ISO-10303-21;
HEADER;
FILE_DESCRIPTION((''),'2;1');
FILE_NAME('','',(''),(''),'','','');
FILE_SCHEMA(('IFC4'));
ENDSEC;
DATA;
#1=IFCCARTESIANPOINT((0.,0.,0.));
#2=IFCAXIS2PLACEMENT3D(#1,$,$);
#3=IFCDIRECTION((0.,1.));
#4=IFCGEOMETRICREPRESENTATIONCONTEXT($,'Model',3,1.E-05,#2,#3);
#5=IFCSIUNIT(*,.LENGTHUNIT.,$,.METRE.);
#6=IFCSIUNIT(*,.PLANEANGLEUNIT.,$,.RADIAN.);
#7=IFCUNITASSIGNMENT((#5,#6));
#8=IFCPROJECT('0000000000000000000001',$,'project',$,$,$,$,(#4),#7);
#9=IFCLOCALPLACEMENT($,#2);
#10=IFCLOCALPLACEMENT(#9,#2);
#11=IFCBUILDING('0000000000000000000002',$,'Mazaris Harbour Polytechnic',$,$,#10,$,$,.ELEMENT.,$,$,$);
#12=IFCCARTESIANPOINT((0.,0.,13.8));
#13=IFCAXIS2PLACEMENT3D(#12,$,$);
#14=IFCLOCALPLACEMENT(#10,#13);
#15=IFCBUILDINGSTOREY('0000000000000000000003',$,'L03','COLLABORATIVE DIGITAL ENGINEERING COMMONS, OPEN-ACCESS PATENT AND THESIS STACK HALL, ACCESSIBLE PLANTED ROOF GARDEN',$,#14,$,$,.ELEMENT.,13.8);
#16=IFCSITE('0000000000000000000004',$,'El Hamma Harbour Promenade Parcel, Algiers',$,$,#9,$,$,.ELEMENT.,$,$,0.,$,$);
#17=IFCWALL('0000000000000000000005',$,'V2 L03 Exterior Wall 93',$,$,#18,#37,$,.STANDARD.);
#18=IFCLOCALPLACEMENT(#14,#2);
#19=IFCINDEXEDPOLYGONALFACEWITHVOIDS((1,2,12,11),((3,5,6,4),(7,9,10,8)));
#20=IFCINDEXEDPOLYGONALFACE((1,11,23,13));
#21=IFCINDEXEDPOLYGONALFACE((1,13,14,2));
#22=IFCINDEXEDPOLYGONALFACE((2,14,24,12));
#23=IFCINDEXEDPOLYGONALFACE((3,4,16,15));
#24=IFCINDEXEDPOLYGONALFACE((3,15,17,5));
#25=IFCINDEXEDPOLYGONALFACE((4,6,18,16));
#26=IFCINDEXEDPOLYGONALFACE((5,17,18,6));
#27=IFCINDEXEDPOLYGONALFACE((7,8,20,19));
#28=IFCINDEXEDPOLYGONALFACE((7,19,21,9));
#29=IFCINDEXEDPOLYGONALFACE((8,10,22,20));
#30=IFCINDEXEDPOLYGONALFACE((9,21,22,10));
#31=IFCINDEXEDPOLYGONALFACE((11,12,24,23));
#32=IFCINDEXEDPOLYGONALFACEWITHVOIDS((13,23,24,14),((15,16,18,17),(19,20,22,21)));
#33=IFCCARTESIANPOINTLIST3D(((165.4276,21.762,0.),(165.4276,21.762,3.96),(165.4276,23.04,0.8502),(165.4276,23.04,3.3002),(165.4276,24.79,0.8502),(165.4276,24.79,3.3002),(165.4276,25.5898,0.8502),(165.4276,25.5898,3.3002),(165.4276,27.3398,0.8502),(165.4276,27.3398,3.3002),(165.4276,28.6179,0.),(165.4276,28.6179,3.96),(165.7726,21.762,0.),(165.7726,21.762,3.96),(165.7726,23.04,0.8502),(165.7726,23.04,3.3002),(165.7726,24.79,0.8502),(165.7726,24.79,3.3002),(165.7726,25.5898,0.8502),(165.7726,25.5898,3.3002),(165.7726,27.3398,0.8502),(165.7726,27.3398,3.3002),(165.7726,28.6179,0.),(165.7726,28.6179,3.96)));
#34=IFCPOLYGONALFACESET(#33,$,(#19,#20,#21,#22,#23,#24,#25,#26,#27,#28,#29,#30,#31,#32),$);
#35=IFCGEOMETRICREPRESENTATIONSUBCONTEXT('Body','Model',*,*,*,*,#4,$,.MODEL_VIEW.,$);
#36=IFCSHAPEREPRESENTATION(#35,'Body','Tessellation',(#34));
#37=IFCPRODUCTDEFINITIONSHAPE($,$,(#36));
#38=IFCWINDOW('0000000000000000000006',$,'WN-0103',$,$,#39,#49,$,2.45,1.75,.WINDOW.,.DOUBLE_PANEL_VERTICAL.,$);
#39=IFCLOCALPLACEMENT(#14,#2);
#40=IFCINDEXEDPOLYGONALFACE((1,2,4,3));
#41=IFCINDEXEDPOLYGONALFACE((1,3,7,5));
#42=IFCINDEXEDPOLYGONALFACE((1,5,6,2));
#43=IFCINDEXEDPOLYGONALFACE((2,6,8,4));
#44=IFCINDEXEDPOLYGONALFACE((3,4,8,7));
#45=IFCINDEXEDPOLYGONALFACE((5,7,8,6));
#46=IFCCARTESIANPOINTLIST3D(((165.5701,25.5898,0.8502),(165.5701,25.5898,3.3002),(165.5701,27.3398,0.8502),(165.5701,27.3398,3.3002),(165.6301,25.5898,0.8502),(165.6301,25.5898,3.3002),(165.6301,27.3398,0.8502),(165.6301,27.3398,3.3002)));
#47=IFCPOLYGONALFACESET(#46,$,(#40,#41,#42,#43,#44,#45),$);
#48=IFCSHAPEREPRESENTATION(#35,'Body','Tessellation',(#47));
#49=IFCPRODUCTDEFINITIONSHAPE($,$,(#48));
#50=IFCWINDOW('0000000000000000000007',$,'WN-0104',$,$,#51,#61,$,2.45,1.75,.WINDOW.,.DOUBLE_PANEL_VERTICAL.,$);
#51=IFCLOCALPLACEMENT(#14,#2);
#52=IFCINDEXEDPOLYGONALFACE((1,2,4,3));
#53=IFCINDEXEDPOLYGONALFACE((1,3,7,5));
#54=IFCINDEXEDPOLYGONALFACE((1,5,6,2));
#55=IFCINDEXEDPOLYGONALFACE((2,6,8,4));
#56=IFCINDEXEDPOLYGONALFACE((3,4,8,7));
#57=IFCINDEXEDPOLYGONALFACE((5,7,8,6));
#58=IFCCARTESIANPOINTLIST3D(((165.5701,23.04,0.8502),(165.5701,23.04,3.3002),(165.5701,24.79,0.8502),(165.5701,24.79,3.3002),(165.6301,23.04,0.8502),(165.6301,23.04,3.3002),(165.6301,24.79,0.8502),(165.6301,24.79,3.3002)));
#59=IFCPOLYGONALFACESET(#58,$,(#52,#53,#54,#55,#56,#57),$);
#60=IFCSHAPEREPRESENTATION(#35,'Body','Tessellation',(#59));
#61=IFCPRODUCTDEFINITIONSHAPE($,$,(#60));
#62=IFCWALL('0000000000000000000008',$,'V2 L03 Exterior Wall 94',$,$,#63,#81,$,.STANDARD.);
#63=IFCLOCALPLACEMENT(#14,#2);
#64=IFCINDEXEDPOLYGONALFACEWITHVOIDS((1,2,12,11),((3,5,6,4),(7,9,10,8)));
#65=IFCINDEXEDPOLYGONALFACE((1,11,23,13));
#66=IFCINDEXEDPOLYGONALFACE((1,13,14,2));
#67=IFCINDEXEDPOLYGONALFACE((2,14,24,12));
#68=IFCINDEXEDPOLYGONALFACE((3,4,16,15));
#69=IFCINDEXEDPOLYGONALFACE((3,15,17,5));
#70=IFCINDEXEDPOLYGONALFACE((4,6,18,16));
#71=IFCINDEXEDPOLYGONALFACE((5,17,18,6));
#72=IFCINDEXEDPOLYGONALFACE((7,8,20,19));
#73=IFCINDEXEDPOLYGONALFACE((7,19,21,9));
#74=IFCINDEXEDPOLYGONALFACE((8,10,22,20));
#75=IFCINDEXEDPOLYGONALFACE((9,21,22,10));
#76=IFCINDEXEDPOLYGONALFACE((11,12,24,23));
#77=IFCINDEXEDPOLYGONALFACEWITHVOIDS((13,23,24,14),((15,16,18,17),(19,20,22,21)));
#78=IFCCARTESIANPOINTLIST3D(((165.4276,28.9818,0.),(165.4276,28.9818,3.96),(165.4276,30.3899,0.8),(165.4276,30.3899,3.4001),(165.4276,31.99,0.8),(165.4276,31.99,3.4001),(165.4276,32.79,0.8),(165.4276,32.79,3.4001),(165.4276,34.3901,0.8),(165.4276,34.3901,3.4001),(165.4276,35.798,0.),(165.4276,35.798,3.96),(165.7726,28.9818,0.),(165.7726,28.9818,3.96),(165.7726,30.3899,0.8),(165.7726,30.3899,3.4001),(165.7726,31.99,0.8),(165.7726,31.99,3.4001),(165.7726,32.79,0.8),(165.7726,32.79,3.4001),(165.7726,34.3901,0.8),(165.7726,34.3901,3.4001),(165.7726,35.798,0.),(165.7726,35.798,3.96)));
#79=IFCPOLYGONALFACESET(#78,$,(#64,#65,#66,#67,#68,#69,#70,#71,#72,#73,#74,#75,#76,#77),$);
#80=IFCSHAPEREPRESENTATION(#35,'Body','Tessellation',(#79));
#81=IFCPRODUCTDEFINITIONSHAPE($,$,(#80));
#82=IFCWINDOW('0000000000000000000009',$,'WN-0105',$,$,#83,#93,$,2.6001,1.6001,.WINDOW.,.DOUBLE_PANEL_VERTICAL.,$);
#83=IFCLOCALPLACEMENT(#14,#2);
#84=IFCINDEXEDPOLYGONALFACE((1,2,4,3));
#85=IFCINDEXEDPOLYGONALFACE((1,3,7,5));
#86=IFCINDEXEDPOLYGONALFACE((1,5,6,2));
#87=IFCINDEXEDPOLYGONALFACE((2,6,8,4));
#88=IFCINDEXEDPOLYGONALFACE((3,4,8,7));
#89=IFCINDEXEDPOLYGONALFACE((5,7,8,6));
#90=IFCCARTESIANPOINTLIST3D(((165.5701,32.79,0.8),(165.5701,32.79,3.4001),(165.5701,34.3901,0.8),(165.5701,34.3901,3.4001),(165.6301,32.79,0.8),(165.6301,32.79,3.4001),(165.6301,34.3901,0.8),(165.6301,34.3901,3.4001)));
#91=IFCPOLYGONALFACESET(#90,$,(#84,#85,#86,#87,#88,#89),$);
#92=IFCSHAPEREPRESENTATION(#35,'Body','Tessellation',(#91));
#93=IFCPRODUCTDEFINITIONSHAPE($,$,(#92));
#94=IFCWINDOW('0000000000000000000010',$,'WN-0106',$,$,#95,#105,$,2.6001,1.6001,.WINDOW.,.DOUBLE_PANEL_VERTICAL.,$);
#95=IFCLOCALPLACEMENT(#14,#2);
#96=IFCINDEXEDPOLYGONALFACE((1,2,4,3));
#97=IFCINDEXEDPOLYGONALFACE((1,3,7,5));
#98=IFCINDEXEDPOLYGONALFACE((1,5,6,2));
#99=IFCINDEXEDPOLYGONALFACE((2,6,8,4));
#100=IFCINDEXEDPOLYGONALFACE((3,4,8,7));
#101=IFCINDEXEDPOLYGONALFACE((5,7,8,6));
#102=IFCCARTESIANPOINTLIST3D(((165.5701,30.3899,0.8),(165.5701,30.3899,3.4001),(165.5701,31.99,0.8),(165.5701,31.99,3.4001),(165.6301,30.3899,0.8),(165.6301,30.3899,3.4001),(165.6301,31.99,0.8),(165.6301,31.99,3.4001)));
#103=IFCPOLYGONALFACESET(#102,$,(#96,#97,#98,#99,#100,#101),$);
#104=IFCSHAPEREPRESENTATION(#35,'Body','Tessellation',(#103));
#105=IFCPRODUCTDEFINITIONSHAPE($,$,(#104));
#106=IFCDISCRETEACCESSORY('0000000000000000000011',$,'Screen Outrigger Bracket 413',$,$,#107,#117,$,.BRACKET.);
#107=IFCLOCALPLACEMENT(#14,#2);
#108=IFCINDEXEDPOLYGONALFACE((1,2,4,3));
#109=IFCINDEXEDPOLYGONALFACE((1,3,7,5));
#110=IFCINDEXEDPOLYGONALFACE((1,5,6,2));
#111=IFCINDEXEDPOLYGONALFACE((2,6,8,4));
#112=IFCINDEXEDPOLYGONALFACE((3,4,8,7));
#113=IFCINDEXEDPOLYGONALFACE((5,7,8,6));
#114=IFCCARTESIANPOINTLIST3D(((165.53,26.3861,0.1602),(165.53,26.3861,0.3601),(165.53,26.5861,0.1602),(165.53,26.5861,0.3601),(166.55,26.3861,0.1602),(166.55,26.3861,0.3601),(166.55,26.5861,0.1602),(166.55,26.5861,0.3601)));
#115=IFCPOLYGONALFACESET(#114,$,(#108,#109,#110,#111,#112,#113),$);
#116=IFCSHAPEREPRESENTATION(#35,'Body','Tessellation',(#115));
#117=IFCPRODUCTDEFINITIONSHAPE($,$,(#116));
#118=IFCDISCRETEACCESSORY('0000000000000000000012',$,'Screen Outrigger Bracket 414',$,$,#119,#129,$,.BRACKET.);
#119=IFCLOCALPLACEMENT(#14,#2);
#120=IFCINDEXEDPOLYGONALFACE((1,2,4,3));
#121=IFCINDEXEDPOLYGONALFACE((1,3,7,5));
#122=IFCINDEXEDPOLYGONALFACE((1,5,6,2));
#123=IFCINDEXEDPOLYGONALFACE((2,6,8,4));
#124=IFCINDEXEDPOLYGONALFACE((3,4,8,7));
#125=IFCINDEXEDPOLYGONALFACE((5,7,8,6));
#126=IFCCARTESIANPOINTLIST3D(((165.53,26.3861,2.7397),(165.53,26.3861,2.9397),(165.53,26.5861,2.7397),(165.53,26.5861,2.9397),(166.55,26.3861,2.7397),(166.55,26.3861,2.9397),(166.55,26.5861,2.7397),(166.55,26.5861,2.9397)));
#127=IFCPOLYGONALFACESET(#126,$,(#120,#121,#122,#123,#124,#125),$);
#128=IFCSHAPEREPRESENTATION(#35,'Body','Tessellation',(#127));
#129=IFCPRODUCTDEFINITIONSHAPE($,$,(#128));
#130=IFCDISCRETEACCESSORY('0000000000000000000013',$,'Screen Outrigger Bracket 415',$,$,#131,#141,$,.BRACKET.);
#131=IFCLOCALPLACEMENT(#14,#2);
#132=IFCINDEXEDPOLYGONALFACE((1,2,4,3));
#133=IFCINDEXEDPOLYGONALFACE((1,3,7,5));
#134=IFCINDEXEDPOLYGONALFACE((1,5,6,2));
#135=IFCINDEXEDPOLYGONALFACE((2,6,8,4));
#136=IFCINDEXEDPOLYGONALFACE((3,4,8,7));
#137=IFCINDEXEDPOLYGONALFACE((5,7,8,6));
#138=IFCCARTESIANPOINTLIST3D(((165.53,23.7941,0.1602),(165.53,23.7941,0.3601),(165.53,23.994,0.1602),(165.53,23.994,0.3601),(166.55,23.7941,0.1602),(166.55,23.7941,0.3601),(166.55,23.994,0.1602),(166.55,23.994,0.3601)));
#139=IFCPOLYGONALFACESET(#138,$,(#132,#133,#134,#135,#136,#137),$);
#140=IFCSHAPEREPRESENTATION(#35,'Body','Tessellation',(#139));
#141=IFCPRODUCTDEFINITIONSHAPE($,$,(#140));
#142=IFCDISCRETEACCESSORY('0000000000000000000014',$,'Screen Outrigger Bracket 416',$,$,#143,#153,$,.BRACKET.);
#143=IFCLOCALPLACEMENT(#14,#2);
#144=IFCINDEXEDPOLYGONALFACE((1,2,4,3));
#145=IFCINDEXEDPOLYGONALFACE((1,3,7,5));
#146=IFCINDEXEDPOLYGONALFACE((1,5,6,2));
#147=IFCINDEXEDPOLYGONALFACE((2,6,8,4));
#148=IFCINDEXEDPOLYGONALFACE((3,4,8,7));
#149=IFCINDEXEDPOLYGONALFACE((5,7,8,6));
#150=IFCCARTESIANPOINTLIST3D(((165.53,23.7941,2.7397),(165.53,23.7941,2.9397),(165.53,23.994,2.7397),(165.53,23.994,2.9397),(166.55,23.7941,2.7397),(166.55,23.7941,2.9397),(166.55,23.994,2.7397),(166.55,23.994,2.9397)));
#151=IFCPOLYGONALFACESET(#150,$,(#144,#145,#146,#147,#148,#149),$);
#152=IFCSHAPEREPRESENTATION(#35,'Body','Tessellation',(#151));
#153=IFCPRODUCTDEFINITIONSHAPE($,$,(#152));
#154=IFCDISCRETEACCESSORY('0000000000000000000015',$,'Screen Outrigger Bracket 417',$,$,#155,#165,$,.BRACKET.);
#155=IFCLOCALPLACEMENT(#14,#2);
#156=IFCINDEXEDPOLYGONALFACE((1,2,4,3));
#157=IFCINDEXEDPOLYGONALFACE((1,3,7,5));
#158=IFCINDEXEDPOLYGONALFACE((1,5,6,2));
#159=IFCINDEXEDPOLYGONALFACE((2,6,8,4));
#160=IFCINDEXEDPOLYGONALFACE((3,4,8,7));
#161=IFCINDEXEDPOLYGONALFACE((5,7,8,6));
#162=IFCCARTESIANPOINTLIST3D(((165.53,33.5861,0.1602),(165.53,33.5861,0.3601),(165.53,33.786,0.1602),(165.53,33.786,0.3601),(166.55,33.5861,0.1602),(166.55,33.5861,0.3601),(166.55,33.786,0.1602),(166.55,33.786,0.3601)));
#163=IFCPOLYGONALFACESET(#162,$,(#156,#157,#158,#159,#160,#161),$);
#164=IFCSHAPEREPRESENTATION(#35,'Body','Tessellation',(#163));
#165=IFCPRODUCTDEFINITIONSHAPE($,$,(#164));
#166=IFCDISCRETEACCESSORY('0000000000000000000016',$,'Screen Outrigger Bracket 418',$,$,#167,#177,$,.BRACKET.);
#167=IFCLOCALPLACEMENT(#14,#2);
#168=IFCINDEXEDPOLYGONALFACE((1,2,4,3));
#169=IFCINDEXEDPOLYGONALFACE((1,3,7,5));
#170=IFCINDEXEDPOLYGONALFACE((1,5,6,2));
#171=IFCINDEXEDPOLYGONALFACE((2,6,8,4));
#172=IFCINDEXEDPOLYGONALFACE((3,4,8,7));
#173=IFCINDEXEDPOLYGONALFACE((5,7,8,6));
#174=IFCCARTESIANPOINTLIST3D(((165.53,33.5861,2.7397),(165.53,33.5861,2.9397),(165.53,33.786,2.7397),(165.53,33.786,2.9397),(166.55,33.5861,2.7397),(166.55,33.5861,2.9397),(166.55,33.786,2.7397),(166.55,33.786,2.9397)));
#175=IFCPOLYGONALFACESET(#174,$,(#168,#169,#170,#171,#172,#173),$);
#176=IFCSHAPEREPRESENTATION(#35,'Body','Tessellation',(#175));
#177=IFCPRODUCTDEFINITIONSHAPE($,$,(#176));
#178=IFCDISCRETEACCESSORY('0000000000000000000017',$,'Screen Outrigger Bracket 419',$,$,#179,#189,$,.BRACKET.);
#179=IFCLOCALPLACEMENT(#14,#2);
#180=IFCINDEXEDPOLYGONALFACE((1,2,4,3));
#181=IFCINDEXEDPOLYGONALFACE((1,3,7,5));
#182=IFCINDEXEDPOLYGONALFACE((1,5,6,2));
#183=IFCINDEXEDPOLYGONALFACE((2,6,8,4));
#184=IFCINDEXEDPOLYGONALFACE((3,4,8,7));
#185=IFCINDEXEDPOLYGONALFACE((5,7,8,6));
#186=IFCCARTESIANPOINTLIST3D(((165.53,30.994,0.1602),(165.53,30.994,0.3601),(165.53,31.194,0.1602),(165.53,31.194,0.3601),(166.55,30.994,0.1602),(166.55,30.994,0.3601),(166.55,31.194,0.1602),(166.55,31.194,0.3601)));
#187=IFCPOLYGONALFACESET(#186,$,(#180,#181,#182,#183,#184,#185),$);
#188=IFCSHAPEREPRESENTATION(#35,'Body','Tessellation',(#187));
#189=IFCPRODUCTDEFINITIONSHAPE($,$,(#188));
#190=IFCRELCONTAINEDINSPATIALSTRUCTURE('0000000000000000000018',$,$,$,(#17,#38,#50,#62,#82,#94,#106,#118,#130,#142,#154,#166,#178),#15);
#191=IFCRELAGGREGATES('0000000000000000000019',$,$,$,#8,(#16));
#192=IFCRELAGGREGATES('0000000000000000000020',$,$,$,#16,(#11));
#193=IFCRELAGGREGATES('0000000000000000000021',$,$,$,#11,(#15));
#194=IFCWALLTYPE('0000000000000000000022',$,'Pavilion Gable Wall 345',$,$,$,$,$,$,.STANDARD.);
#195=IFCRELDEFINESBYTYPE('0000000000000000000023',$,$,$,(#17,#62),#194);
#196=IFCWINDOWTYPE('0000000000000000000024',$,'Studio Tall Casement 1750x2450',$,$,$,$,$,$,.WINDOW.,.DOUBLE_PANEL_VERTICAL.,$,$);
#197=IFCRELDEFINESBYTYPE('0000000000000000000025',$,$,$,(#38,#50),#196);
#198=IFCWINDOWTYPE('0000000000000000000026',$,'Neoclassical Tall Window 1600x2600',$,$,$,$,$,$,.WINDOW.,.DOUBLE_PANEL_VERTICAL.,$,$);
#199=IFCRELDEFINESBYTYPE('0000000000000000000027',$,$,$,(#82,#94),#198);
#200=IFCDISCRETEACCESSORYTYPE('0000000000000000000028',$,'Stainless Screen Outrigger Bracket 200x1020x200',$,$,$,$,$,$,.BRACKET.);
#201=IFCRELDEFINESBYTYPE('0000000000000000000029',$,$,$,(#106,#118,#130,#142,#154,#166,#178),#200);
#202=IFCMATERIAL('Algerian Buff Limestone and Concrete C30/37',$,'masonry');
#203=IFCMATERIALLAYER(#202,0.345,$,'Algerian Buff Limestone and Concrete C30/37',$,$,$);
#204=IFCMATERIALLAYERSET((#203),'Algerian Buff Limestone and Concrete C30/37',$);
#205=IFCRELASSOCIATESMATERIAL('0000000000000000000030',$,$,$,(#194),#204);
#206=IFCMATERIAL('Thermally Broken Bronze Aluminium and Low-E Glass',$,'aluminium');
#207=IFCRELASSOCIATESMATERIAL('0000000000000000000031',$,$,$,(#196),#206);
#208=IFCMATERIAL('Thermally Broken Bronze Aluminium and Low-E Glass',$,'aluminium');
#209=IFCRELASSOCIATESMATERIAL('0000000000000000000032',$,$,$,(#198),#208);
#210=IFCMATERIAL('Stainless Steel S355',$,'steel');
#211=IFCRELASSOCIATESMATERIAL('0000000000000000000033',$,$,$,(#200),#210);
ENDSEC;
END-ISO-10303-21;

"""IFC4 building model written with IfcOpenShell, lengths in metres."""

from ifc_helpers import new_model, si_unit, direction, frame, frame_2d, origin, origin_2d, place, context, subcontext, project, spatial, rectangle, extrude, material, layer, layer_set, type_object, element, fill, save


model = new_model("IFC4")

# Units and contexts
model_context = context("Model", 3, precision=1e-05, world=origin(), true_north=direction((0.0, 1.0)))
body_context = subcontext(model_context, "Body", "Model", "MODEL_VIEW")
ifc_project = project(units=[si_unit("LENGTHUNIT", "METRE"), si_unit("PLANEANGLEUNIT", "RADIAN")], contexts=[model_context])

# Site, building, storey
site_placement = place(None, origin())
site = spatial("IfcSite", under=ifc_project, at=site_placement, Name="El Hamma Harbour Promenade Parcel, Algiers", CompositionType="ELEMENT", RefElevation=0.0)
building_placement = place(site_placement, origin())
building = spatial("IfcBuilding", under=site, at=building_placement, Name="Mazaris Harbour Polytechnic", CompositionType="ELEMENT")
storey_placement = place(building_placement, frame((0.0, 0.0, 13.8)))
storey = spatial("IfcBuildingStorey", under=building, at=storey_placement, Name="L03", Description="COLLABORATIVE DIGITAL ENGINEERING COMMONS, OPEN-ACCESS PATENT AND THESIS STACK HALL, ACCESSIBLE PLANTED ROOF GARDEN", CompositionType="ELEMENT", Elevation=13.8)

# Walls, openings, windows
ifc_material_1 = material(Name="Algerian Buff Limestone and Concrete C30/37", Category="masonry")
ifc_layer = layer(ifc_material_1, 0.345, Name="Algerian Buff Limestone and Concrete C30/37")
ifc_layer_set = layer_set([ifc_layer], Name="Algerian Buff Limestone and Concrete C30/37")
wall_type = type_object("IfcWallType", Name="Pavilion Gable Wall 345", PredefinedType="STANDARD", material=ifc_layer_set)
wall_1_placement = place(storey_placement, frame((165.6001, 28.6179, 0.0), z_axis=(0.0, 0.0, 1.0), x_axis=(0.0, -1.0, 0.0)))
wall_1 = element("IfcWall", 1, at=wall_1_placement, inside=storey, type_object=wall_type, Name="V2 L03 Exterior Wall 93", PredefinedType="STANDARD", context=body_context, shape_type="SweptSolid", body=[
    extrude(rectangle(XDim=6.856, YDim=0.345, at=frame_2d((3.428, 0.0))), origin(), (0.0, 0.0, 1.0), 3.96),
])
opening_1_placement = place(wall_1_placement, frame((1.2781, 0.0, 0.8501)))
opening_1 = element("IfcOpeningElement", 2, at=opening_1_placement, cuts=wall_1, PredefinedType="OPENING", context=body_context, shape_type="SweptSolid", body=[
    extrude(rectangle(XDim=1.75, YDim=2.45, at=frame_2d((0.875, 1.2251))), frame((0.0, 0.1824, 0.0), z_axis=(0.0, -1.0, 0.0), x_axis=(1.0, 0.0, 0.0)), (0.0, 0.0, 1.0), 0.365),
])
opening_2_placement = place(wall_1_placement, frame((3.8279, 0.0, 0.8501)))
opening_2 = element("IfcOpeningElement", 3, at=opening_2_placement, cuts=wall_1, PredefinedType="OPENING", context=body_context, shape_type="SweptSolid", body=[
    extrude(rectangle(XDim=1.75, YDim=2.45, at=frame_2d((0.875, 1.2251))), frame((0.0, 0.1824, 0.0), z_axis=(0.0, -1.0, 0.0), x_axis=(1.0, 0.0, 0.0)), (0.0, 0.0, 1.0), 0.365),
])
ifc_material_2 = material(Name="Thermally Broken Bronze Aluminium and Low-E Glass", Category="aluminium")
window_type_1 = type_object("IfcWindowType", Name="Studio Tall Casement 1750x2450", PartitioningType="DOUBLE_PANEL_VERTICAL", PredefinedType="WINDOW", material=ifc_material_2)
window_1_placement = place(opening_1_placement, origin())
window_1 = element("IfcWindow", 4, at=window_1_placement, inside=storey, type_object=window_type_1, Name="WN-0103", OverallHeight=2.45, OverallWidth=1.75, PartitioningType="DOUBLE_PANEL_VERTICAL", PredefinedType="WINDOW", context=body_context, shape_type="SweptSolid", body=[
    extrude(rectangle(XDim=1.75, YDim=2.45, at=frame_2d((0.875, 1.2251))), frame((0.0, 0.03, 0.0), z_axis=(0.0, -1.0, 0.0), x_axis=(1.0, 0.0, 0.0)), (0.0, 0.0, 1.0), 0.0601),
])
fill(opening_1, window_1)
window_2_placement = place(opening_2_placement, origin())
window_2 = element("IfcWindow", 5, at=window_2_placement, inside=storey, type_object=window_type_1, Name="WN-0104", OverallHeight=2.45, OverallWidth=1.75, PartitioningType="DOUBLE_PANEL_VERTICAL", PredefinedType="WINDOW", context=body_context, shape_type="SweptSolid", body=[
    extrude(rectangle(XDim=1.75, YDim=2.45, at=frame_2d((0.875, 1.2251))), frame((0.0, 0.03, 0.0), z_axis=(0.0, -1.0, 0.0), x_axis=(1.0, 0.0, 0.0)), (0.0, 0.0, 1.0), 0.0601),
])
fill(opening_2, window_2)
wall_2_placement = place(storey_placement, frame((165.6001, 35.7981, 0.0), z_axis=(0.0, 0.0, 1.0), x_axis=(0.0, -1.0, 0.0)))
wall_2 = element("IfcWall", 6, at=wall_2_placement, inside=storey, type_object=wall_type, Name="V2 L03 Exterior Wall 94", PredefinedType="STANDARD", context=body_context, shape_type="SweptSolid", body=[
    extrude(rectangle(XDim=6.8162, YDim=0.345, at=frame_2d((3.4082, 0.0))), origin(), (0.0, 0.0, 1.0), 3.96),
])
opening_3_placement = place(wall_2_placement, frame((1.408, 0.0, 0.8)))
opening_3 = element("IfcOpeningElement", 7, at=opening_3_placement, cuts=wall_2, PredefinedType="OPENING", context=body_context, shape_type="SweptSolid", body=[
    extrude(rectangle(XDim=1.6001, YDim=2.6001, at=frame_2d((0.8, 1.3))), frame((0.0, 0.1824, 0.0), z_axis=(0.0, -1.0, 0.0), x_axis=(1.0, 0.0, 0.0)), (0.0, 0.0, 1.0), 0.365),
])
opening_4_placement = place(wall_2_placement, frame((3.8081, 0.0, 0.8)))
opening_4 = element("IfcOpeningElement", 8, at=opening_4_placement, cuts=wall_2, PredefinedType="OPENING", context=body_context, shape_type="SweptSolid", body=[
    extrude(rectangle(XDim=1.6001, YDim=2.6001, at=frame_2d((0.8, 1.3))), frame((0.0, 0.1824, 0.0), z_axis=(0.0, -1.0, 0.0), x_axis=(1.0, 0.0, 0.0)), (0.0, 0.0, 1.0), 0.365),
])
ifc_material_3 = material(Name="Thermally Broken Bronze Aluminium and Low-E Glass", Category="aluminium")
window_type_2 = type_object("IfcWindowType", Name="Neoclassical Tall Window 1600x2600", PartitioningType="DOUBLE_PANEL_VERTICAL", PredefinedType="WINDOW", material=ifc_material_3)
window_3_placement = place(opening_3_placement, origin())
window_3 = element("IfcWindow", 9, at=window_3_placement, inside=storey, type_object=window_type_2, Name="WN-0105", OverallHeight=2.6001, OverallWidth=1.6001, PartitioningType="DOUBLE_PANEL_VERTICAL", PredefinedType="WINDOW", context=body_context, shape_type="SweptSolid", body=[
    extrude(rectangle(XDim=1.6001, YDim=2.6001, at=frame_2d((0.8, 1.3))), frame((0.0, 0.03, 0.0), z_axis=(0.0, -1.0, 0.0), x_axis=(1.0, 0.0, 0.0)), (0.0, 0.0, 1.0), 0.0601),
])
fill(opening_3, window_3)
window_4_placement = place(opening_4_placement, origin())
window_4 = element("IfcWindow", 10, at=window_4_placement, inside=storey, type_object=window_type_2, Name="WN-0106", OverallHeight=2.6001, OverallWidth=1.6001, PartitioningType="DOUBLE_PANEL_VERTICAL", PredefinedType="WINDOW", context=body_context, shape_type="SweptSolid", body=[
    extrude(rectangle(XDim=1.6001, YDim=2.6001, at=frame_2d((0.8, 1.3))), frame((0.0, 0.03, 0.0), z_axis=(0.0, -1.0, 0.0), x_axis=(1.0, 0.0, 0.0)), (0.0, 0.0, 1.0), 0.0601),
])
fill(opening_4, window_4)

# Discrete accessories
ifc_material_4 = material(Name="Stainless Steel S355", Category="steel")
discrete_accessory_type = type_object("IfcDiscreteAccessoryType", Name="Stainless Screen Outrigger Bracket 200x1020x200", PredefinedType="BRACKET", material=ifc_material_4)
for number, where, z_axis, x_axis, name in (
    (11, (166.04, 26.4861, 0.1602), (0.0, 0.0, 1.0), (0.0, -1.0, 0.0), "Screen Outrigger Bracket 413"),
    (12, (166.04, 26.4861, 2.7397), (0.0, 0.0, 1.0), (0.0, -1.0, 0.0), "Screen Outrigger Bracket 414"),
    (13, (166.04, 23.894, 0.1602), (0.0, 0.0, 1.0), (0.0, -1.0, 0.0), "Screen Outrigger Bracket 415"),
    (14, (166.04, 23.894, 2.7397), (0.0, 0.0, 1.0), (0.0, -1.0, 0.0), "Screen Outrigger Bracket 416"),
    (15, (166.04, 33.686, 0.1602), (0.0, 0.0, 1.0), (0.0, -1.0, 0.0), "Screen Outrigger Bracket 417"),
    (16, (166.04, 33.686, 2.7397), (0.0, 0.0, 1.0), (0.0, -1.0, 0.0), "Screen Outrigger Bracket 418"),
    (17, (166.04, 31.094, 0.1602), (0.0, 0.0, 1.0), (0.0, -1.0, 0.0), "Screen Outrigger Bracket 419"),
):
    element("IfcDiscreteAccessory", number, at=place(storey_placement, frame(where, z_axis=z_axis, x_axis=x_axis)), inside=storey, type_object=discrete_accessory_type, Name=name, PredefinedType="BRACKET", context=body_context, shape_type="SweptSolid", body=[
        extrude(rectangle(XDim=0.2, YDim=1.02, at=origin_2d()), origin(), (0.0, 0.0, 1.0), 0.2),
    ])

save(model, "model.ifc")
